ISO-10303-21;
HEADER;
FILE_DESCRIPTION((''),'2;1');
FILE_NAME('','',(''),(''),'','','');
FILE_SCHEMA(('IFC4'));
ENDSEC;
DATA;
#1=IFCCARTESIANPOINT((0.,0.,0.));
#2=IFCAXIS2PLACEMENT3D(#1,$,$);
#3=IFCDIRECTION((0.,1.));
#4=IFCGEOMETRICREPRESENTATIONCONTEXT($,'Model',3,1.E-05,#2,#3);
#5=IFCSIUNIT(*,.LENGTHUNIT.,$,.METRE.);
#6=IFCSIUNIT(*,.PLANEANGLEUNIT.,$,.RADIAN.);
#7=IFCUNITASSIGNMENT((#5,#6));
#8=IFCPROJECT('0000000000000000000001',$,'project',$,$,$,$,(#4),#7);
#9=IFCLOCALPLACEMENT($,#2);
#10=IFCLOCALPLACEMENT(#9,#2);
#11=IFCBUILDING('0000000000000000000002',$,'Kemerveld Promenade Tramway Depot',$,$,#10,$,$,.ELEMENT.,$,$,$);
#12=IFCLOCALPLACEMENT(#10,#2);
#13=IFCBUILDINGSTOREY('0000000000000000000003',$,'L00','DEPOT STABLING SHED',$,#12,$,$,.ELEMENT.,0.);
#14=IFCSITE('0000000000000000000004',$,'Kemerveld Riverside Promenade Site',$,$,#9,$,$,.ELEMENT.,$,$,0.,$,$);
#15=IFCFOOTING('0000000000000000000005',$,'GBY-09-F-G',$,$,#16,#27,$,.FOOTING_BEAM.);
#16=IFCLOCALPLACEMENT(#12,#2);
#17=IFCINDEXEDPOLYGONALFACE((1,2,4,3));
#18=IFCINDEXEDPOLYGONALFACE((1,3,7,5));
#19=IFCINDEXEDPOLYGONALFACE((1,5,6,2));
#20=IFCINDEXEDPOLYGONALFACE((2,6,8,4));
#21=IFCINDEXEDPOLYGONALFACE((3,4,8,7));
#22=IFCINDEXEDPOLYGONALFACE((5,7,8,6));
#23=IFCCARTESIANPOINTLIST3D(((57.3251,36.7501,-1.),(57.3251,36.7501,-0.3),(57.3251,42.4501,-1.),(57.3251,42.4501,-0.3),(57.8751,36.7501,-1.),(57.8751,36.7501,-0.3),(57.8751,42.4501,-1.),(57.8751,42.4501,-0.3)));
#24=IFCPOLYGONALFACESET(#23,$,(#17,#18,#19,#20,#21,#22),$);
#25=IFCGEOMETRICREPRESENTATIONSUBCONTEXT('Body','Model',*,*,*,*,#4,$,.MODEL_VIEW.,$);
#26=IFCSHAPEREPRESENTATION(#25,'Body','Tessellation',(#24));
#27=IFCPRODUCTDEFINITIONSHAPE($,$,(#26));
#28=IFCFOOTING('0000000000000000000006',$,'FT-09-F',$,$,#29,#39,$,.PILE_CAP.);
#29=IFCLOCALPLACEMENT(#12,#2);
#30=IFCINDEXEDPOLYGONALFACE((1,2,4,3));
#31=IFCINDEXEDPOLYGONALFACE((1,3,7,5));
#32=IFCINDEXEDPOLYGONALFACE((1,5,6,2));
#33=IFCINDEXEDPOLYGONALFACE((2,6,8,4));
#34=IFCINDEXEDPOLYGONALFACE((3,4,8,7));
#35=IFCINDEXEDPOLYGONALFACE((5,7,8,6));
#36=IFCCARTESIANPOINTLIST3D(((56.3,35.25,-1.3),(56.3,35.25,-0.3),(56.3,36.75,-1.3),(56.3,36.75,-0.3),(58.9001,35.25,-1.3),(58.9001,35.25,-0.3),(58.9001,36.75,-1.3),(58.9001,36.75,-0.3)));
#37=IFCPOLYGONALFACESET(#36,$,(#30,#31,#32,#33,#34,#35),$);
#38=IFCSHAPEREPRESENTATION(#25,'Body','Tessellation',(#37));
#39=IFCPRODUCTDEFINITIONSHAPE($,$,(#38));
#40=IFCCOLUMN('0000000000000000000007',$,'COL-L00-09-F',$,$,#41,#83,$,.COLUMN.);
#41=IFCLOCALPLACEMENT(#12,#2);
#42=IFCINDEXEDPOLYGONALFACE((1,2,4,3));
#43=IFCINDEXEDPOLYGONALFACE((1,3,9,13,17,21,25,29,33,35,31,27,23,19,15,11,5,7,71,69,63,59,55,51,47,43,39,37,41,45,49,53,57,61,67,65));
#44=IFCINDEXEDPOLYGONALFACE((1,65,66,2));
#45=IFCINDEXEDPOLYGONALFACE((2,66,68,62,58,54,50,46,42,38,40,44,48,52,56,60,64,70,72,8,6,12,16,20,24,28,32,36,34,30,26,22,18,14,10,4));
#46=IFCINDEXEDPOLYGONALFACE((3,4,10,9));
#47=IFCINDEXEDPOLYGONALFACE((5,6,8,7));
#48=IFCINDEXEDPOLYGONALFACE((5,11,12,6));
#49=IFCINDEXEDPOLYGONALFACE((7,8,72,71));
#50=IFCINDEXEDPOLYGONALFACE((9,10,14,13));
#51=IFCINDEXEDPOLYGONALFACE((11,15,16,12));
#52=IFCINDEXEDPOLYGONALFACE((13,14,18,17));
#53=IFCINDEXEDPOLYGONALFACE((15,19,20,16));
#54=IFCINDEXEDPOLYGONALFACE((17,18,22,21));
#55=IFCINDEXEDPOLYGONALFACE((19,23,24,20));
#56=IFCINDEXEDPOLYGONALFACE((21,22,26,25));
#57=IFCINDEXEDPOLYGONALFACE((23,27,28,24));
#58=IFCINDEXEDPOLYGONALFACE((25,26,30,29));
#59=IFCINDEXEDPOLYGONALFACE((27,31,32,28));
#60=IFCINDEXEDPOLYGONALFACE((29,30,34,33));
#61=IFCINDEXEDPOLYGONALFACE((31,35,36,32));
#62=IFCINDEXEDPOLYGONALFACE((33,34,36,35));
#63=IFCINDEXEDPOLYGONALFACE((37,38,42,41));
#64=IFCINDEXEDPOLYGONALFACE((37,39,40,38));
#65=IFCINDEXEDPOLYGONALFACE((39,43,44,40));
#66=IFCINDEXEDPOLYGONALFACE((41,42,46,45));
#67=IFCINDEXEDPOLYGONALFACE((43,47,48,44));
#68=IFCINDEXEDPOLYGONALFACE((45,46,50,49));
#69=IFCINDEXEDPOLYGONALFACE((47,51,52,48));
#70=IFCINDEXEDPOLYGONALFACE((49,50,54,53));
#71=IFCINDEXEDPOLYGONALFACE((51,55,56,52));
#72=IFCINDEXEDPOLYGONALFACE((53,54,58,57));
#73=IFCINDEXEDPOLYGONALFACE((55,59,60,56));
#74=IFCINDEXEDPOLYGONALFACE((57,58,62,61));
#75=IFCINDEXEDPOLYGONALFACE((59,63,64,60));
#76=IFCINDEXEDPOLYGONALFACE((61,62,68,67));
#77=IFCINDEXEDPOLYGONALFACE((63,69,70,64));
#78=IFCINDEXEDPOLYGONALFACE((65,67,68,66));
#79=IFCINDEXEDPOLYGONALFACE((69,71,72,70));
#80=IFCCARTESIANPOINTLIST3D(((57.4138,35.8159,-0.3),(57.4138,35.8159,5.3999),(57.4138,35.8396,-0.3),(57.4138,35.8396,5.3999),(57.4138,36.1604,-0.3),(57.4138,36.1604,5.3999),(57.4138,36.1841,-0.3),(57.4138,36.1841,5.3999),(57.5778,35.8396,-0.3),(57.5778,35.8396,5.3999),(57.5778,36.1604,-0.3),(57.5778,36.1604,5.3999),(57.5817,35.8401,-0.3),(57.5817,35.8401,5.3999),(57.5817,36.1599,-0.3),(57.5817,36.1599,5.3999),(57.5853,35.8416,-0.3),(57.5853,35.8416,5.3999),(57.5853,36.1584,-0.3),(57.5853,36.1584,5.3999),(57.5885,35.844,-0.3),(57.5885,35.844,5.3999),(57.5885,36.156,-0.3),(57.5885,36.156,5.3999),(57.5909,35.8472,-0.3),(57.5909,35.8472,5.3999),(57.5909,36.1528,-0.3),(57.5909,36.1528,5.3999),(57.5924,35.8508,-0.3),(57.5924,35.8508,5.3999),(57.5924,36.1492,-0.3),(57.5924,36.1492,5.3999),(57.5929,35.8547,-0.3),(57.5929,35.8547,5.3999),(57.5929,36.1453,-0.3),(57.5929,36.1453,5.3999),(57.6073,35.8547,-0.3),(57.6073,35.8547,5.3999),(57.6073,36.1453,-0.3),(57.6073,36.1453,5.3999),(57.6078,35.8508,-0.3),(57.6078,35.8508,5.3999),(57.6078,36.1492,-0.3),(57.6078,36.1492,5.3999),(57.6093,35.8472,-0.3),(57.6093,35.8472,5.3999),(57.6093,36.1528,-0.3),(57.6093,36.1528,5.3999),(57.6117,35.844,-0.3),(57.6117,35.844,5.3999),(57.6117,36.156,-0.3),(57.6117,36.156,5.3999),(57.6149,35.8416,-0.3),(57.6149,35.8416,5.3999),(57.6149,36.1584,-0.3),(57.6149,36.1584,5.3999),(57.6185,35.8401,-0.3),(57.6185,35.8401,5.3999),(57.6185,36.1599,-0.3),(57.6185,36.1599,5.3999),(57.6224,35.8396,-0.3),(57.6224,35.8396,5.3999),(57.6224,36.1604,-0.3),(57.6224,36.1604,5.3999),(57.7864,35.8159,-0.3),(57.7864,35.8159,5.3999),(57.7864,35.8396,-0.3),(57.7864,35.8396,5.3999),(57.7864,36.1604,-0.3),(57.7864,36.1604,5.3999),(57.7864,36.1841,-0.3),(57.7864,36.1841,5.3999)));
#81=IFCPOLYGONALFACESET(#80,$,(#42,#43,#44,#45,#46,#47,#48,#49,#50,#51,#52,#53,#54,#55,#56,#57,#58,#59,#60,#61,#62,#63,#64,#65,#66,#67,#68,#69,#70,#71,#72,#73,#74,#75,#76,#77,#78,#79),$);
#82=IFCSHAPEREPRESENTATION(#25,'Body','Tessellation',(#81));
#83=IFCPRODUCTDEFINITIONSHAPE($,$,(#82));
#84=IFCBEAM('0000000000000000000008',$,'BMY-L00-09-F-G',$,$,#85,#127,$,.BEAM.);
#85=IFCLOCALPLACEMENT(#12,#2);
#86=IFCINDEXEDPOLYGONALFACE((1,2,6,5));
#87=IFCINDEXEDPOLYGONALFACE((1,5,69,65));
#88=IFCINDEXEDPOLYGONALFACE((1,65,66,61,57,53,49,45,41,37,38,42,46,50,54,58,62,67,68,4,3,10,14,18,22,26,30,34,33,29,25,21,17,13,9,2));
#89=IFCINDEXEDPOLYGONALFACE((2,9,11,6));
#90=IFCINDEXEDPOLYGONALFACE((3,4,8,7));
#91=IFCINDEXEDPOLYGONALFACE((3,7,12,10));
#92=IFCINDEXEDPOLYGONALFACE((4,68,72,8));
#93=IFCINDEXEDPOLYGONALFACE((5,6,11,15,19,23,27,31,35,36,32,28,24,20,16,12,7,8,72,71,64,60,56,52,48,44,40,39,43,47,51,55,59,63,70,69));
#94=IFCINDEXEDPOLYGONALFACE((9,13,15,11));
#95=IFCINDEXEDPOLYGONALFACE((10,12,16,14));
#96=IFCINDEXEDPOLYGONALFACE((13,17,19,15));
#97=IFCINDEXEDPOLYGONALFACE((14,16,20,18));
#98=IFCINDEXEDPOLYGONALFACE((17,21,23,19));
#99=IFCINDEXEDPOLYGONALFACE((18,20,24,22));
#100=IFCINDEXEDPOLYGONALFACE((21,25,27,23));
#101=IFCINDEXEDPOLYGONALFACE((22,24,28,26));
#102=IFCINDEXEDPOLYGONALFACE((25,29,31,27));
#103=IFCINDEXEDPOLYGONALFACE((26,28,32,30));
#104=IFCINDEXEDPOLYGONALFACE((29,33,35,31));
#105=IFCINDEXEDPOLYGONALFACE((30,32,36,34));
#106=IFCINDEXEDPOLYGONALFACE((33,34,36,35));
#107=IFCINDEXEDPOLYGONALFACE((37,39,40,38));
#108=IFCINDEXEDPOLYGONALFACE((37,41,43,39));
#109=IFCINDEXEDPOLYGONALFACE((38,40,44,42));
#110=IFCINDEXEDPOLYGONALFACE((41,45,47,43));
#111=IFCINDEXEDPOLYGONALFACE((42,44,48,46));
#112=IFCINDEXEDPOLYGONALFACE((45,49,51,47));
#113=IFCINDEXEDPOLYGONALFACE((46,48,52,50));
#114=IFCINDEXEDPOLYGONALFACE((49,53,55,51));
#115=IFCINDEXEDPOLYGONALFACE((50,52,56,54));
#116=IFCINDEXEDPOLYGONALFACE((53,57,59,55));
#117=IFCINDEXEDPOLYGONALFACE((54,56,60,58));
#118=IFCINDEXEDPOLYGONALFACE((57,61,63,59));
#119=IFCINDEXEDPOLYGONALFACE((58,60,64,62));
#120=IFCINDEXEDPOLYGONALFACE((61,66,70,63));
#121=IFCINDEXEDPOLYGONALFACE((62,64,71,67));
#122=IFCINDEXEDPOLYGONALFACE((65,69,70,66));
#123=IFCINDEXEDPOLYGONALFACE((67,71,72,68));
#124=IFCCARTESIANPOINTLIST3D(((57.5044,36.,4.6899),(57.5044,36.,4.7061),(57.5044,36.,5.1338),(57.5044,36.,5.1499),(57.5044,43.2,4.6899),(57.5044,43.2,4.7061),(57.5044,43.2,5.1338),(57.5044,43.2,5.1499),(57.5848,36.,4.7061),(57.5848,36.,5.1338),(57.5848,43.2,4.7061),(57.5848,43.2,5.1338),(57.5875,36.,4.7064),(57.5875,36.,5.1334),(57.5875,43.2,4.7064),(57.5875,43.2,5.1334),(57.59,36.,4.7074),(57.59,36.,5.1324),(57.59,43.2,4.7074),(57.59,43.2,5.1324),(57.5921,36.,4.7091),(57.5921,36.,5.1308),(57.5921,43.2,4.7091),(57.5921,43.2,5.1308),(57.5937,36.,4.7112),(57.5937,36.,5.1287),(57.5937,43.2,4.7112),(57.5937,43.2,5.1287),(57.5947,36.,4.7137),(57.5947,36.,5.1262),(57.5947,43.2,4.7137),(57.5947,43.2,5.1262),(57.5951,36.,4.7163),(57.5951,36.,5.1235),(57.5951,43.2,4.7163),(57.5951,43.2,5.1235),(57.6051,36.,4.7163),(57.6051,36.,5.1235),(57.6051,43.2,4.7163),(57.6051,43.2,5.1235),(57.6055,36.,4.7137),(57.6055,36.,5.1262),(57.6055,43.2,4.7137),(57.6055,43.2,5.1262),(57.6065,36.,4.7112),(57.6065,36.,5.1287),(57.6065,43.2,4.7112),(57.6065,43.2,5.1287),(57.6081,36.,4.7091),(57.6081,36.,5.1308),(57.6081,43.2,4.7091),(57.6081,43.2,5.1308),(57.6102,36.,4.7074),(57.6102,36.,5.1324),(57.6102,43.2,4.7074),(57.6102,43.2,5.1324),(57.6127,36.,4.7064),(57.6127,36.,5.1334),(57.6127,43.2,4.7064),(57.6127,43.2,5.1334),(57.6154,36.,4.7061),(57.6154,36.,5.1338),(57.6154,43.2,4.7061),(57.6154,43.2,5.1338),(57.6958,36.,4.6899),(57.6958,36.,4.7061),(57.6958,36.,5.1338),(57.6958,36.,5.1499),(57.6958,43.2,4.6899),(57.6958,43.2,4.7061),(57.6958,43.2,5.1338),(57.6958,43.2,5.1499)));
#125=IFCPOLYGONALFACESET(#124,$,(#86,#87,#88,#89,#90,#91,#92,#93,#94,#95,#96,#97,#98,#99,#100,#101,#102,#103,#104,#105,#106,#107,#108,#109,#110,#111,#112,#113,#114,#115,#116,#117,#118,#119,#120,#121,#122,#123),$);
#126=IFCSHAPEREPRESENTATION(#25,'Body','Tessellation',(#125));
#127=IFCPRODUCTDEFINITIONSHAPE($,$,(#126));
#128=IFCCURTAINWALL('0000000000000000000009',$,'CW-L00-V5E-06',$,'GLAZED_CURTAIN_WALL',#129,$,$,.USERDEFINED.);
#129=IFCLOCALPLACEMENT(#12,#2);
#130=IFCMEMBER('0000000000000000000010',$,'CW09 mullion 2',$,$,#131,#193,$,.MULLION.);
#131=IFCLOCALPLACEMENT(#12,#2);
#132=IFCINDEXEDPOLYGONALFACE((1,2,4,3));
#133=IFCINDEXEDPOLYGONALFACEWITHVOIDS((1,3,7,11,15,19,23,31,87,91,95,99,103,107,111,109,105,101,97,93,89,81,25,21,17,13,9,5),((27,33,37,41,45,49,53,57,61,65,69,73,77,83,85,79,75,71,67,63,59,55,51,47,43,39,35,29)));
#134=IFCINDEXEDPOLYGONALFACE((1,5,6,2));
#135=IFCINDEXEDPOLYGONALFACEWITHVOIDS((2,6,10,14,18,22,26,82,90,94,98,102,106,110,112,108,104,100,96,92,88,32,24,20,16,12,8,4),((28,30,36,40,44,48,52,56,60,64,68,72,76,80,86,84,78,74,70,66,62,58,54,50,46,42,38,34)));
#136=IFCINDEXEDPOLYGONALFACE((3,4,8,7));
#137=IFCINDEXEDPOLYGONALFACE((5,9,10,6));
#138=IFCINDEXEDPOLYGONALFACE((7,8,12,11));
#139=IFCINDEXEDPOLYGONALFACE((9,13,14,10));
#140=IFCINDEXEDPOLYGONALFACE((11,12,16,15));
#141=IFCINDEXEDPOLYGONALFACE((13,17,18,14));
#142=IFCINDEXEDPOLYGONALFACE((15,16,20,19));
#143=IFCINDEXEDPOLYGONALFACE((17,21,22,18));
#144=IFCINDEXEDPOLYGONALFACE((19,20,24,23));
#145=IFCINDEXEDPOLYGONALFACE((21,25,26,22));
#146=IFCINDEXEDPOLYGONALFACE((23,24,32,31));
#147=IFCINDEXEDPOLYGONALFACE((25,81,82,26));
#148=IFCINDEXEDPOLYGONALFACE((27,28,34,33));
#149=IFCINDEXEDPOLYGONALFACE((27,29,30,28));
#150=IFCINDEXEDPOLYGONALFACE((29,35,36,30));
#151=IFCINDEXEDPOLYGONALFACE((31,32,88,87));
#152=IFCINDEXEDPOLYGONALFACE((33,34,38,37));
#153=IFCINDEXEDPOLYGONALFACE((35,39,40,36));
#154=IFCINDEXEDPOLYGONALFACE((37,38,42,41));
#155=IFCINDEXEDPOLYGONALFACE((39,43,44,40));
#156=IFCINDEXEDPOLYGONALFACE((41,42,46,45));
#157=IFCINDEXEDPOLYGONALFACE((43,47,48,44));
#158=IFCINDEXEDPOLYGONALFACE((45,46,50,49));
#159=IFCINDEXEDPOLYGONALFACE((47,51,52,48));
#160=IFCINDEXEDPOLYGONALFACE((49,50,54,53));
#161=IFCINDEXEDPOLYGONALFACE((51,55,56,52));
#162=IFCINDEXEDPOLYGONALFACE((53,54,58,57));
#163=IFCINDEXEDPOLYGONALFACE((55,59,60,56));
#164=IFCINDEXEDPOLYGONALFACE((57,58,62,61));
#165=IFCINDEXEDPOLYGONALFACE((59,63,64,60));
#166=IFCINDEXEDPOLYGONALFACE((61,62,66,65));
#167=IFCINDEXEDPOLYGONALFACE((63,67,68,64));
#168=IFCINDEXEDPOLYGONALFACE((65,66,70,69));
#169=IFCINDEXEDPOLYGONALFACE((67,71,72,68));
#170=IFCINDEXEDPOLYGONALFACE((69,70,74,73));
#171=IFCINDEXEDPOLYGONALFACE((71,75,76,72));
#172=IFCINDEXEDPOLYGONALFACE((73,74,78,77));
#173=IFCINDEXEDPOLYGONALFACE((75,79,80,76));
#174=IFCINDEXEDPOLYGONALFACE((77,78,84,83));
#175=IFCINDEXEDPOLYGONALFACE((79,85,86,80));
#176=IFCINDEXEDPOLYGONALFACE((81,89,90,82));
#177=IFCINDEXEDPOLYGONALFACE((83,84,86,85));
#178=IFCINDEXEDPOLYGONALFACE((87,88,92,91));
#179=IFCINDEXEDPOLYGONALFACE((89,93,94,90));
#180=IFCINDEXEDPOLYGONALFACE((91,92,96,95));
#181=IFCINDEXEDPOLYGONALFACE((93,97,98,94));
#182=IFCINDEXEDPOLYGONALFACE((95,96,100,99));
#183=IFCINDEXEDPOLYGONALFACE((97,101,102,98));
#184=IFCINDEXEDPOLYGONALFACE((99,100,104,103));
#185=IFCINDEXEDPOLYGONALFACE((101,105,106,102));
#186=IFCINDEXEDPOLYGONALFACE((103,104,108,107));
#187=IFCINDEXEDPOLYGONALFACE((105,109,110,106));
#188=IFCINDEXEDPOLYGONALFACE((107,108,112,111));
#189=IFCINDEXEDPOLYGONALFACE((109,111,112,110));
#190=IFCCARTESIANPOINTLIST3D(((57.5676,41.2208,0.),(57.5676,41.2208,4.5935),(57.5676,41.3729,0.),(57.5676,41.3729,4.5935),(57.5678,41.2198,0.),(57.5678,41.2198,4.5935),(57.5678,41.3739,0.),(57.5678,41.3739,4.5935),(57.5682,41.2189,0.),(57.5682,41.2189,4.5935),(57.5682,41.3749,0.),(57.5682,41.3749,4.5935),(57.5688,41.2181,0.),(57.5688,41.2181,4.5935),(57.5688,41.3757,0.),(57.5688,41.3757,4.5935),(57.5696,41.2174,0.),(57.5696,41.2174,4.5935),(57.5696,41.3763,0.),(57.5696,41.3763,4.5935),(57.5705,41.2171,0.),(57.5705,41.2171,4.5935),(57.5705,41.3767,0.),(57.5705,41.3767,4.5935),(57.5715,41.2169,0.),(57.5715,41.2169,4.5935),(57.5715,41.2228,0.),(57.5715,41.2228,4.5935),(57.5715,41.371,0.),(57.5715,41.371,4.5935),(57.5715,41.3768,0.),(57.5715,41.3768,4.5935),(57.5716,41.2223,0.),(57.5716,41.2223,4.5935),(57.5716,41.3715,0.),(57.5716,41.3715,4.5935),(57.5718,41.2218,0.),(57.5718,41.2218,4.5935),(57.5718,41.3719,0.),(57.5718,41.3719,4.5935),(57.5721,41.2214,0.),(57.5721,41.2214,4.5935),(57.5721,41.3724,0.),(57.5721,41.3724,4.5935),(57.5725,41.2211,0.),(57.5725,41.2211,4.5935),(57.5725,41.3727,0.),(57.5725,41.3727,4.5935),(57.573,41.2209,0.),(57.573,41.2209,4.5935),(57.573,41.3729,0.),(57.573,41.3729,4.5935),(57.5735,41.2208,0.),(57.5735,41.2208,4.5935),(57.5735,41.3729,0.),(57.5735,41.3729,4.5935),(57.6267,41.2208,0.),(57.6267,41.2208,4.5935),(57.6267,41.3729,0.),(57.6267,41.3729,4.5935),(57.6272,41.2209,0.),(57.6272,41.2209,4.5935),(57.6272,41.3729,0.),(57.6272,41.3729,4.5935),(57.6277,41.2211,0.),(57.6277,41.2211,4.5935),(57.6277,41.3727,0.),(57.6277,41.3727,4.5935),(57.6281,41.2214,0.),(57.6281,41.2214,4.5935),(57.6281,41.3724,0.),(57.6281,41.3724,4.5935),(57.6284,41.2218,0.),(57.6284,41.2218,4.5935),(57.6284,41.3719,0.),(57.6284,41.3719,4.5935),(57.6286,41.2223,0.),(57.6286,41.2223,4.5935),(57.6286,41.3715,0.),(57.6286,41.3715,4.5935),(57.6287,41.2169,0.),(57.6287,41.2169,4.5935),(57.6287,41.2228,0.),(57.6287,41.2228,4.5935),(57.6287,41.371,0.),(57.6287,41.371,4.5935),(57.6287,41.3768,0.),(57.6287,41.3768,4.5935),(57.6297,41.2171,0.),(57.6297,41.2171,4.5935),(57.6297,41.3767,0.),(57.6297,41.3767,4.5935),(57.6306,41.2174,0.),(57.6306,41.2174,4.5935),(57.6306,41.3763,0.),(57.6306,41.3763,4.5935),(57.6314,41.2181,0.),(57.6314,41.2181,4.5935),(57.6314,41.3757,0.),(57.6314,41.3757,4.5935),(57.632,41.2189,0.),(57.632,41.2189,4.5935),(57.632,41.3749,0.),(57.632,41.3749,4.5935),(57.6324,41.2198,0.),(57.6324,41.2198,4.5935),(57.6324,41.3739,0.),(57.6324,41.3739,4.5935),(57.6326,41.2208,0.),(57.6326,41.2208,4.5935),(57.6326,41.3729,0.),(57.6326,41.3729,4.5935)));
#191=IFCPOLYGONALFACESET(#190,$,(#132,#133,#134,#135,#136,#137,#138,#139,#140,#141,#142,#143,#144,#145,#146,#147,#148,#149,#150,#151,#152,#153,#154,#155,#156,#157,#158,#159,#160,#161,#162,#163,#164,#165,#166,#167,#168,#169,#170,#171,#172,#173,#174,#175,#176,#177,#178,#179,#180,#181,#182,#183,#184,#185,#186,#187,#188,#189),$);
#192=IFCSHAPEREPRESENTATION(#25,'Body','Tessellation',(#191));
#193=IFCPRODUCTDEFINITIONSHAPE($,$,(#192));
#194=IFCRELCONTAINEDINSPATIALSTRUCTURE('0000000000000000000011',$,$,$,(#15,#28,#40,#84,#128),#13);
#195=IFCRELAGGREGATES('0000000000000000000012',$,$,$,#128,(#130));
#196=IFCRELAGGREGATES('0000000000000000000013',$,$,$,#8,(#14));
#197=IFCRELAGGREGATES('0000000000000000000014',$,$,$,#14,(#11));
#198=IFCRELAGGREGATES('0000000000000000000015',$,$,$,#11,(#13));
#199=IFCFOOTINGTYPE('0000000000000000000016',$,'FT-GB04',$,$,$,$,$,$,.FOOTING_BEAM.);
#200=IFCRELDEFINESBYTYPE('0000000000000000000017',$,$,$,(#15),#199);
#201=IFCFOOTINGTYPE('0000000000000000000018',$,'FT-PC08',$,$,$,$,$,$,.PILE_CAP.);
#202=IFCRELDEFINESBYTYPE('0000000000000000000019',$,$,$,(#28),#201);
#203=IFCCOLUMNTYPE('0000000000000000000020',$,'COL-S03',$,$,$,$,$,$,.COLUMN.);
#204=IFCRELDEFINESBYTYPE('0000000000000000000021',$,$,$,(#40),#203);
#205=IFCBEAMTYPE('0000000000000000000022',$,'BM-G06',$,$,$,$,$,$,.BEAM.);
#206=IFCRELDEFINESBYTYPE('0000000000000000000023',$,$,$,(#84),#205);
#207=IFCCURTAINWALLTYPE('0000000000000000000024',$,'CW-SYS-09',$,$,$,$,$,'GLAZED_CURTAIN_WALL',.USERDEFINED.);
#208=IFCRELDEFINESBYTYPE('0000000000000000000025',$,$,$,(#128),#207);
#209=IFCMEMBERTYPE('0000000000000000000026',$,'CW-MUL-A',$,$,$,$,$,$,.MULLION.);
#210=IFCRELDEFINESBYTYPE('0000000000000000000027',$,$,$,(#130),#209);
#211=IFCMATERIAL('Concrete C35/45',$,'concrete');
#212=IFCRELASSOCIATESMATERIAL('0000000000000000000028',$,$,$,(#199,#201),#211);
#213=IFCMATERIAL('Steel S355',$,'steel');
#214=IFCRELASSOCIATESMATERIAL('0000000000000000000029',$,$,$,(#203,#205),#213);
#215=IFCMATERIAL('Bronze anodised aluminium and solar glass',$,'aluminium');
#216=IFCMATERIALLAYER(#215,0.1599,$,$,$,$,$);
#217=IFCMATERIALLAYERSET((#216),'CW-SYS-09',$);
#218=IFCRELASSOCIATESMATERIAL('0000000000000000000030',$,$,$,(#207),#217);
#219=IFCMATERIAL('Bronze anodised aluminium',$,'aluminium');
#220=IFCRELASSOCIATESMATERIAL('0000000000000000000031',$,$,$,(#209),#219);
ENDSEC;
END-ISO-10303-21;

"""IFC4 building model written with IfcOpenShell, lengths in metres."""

from ifc_helpers import new_model, si_unit, direction, frame, origin, origin_2d, place, context, subcontext, project, spatial, rectangle, hollow_rectangle, i_section, extrude, material, layer, layer_set, material_profile, profile_set, type_object, element, aggregate, save


model = new_model("IFC4")

# Units and contexts
model_context = context("Model", 3, precision=1e-05, world=origin(), true_north=direction((0.0, 1.0)))
body_context = subcontext(model_context, "Body", "Model", "MODEL_VIEW")
ifc_project = project(units=[si_unit("LENGTHUNIT", "METRE"), si_unit("PLANEANGLEUNIT", "RADIAN")], contexts=[model_context])

# Site, building, storey
site_placement = place(None, origin())
site = spatial("IfcSite", under=ifc_project, at=site_placement, Name="Kemerveld Riverside Promenade Site", CompositionType="ELEMENT", RefElevation=0.0)
building_placement = place(site_placement, origin())
building = spatial("IfcBuilding", under=site, at=building_placement, Name="Kemerveld Promenade Tramway Depot", CompositionType="ELEMENT")
storey_placement = place(building_placement, origin())
storey = spatial("IfcBuildingStorey", under=building, at=storey_placement, Name="L00", Description="DEPOT STABLING SHED", CompositionType="ELEMENT", Elevation=0.0)

# Footings
ifc_material_1 = material(Name="Concrete C35/45", Category="concrete")
footing_type_1 = type_object("IfcFootingType", Name="FT-GB04", PredefinedType="FOOTING_BEAM", material=ifc_material_1)
footing_1_placement = place(storey_placement, frame((57.6001, 39.6001, -1.0), z_axis=(0.0, 0.0, 1.0), x_axis=(0.0, 1.0, 0.0)))
element("IfcFooting", 1, at=footing_1_placement, inside=storey, type_object=footing_type_1, Name="GBY-09-F-G", PredefinedType="FOOTING_BEAM", context=body_context, shape_type="SweptSolid", body=[
    extrude(rectangle(XDim=5.7, YDim=0.55, at=origin_2d()), origin(), (0.0, 0.0, 1.0), 0.7),
])
footing_type_2 = type_object("IfcFootingType", Name="FT-PC08", PredefinedType="PILE_CAP", material=ifc_material_1)
footing_2_placement = place(storey_placement, frame((57.6001, 36.0, -1.3), z_axis=(0.0, 0.0, 1.0), x_axis=(1.0, 0.0, 0.0)))
element("IfcFooting", 2, at=footing_2_placement, inside=storey, type_object=footing_type_2, Name="FT-09-F", PredefinedType="PILE_CAP", context=body_context, shape_type="SweptSolid", body=[
    extrude(rectangle(XDim=2.6001, YDim=1.5, at=origin_2d()), origin(), (0.0, 0.0, 1.0), 1.0),
])

# Column
ifc_material_2 = material(Name="Steel S355", Category="steel")
ifc_material_profile_1 = material_profile(ifc_material_2, i_section(OverallWidth=0.3726, OverallDepth=0.3682, WebThickness=0.0144, FlangeThickness=0.0237, FilletRadius=0.0151, at=origin_2d()), Name="356x368x177 UC")
ifc_profile_set_1 = profile_set([ifc_material_profile_1], Name="Steel S355")
column_type = type_object("IfcColumnType", Name="COL-S03", PredefinedType="COLUMN", material=ifc_profile_set_1)
column_placement = place(storey_placement, frame((57.6001, 36.0, -0.3), z_axis=(0.0, 0.0, 1.0), x_axis=(1.0, 0.0, 0.0)))
element("IfcColumn", 3, at=column_placement, inside=storey, type_object=column_type, Name="COL-L00-09-F", PredefinedType="COLUMN", context=body_context, shape_type="SweptSolid", body=[
    extrude(i_section(OverallWidth=0.3726, OverallDepth=0.3682, WebThickness=0.0144, FlangeThickness=0.0237, FilletRadius=0.0151, at=origin_2d()), origin(), (0.0, 0.0, 1.0), 5.7),
])

# Beam
ifc_material_profile_2 = material_profile(ifc_material_2, i_section(OverallWidth=0.1914, OverallDepth=0.46, WebThickness=0.01, FlangeThickness=0.0161, FilletRadius=0.0103, at=origin_2d()), Name="457x191x82 UB")
ifc_profile_set_2 = profile_set([ifc_material_profile_2], Name="Steel S355")
beam_type = type_object("IfcBeamType", Name="BM-G06", PredefinedType="BEAM", material=ifc_profile_set_2)
beam_placement = place(storey_placement, frame((57.6001, 36.0, 4.9199), z_axis=(0.0, 1.0, 0.0), x_axis=(-1.0, 0.0, 0.0)))
element("IfcBeam", 4, at=beam_placement, inside=storey, type_object=beam_type, Name="BMY-L00-09-F-G", PredefinedType="BEAM", context=body_context, shape_type="SweptSolid", body=[
    extrude(i_section(OverallWidth=0.1914, OverallDepth=0.46, WebThickness=0.01, FlangeThickness=0.0161, FilletRadius=0.0103, at=origin_2d()), origin(), (0.0, 0.0, 1.0), 7.2),
])

# Curtain wall, member
ifc_material_3 = material(Name="Bronze anodised aluminium and solar glass", Category="aluminium")
ifc_layer_1 = layer(ifc_material_3, 0.1599)
ifc_layer_set_1 = layer_set([ifc_layer_1], Name="CW-SYS-09")
curtain_wall_type = type_object("IfcCurtainWallType", Name="CW-SYS-09", ElementType="GLAZED_CURTAIN_WALL", PredefinedType="USERDEFINED", material=ifc_layer_set_1)
curtain_wall_placement = place(storey_placement, origin())
curtain_wall = element("IfcCurtainWall", 5, at=curtain_wall_placement, inside=storey, type_object=curtain_wall_type, Name="CW-L00-V5E-06", ObjectType="GLAZED_CURTAIN_WALL", PredefinedType="USERDEFINED")
ifc_material_4 = material(Name="Bronze anodised aluminium", Category="aluminium")
ifc_material_profile_3 = material_profile(ifc_material_4, hollow_rectangle(XDim=0.0649, YDim=0.1599, WallThickness=0.0039, InnerFilletRadius=0.002, OuterFilletRadius=0.0039, at=origin_2d()), Name="CW-MUL-160x65")
ifc_profile_set_3 = profile_set([ifc_material_profile_3], Name="Bronze anodised aluminium")
member_type_1 = type_object("IfcMemberType", Name="CW-MUL-A", PredefinedType="MULLION", material=ifc_profile_set_3)
member_1_placement = place(storey_placement, frame((57.6001, 41.2969, 0.0), z_axis=(0.0, 0.0, 1.0), x_axis=(1.0, 0.0, 0.0)))
member_1 = element("IfcMember", 6, at=member_1_placement, type_object=member_type_1, Name="CW09 mullion 2", PredefinedType="MULLION", context=body_context, shape_type="SweptSolid", body=[
    extrude(hollow_rectangle(XDim=0.0649, YDim=0.1599, WallThickness=0.0039, InnerFilletRadius=0.002, OuterFilletRadius=0.0039, at=origin_2d()), origin(), (0.0, 0.0, 1.0), 4.5935),
])
aggregate(curtain_wall, [member_1])

save(model, "model.ifc")
